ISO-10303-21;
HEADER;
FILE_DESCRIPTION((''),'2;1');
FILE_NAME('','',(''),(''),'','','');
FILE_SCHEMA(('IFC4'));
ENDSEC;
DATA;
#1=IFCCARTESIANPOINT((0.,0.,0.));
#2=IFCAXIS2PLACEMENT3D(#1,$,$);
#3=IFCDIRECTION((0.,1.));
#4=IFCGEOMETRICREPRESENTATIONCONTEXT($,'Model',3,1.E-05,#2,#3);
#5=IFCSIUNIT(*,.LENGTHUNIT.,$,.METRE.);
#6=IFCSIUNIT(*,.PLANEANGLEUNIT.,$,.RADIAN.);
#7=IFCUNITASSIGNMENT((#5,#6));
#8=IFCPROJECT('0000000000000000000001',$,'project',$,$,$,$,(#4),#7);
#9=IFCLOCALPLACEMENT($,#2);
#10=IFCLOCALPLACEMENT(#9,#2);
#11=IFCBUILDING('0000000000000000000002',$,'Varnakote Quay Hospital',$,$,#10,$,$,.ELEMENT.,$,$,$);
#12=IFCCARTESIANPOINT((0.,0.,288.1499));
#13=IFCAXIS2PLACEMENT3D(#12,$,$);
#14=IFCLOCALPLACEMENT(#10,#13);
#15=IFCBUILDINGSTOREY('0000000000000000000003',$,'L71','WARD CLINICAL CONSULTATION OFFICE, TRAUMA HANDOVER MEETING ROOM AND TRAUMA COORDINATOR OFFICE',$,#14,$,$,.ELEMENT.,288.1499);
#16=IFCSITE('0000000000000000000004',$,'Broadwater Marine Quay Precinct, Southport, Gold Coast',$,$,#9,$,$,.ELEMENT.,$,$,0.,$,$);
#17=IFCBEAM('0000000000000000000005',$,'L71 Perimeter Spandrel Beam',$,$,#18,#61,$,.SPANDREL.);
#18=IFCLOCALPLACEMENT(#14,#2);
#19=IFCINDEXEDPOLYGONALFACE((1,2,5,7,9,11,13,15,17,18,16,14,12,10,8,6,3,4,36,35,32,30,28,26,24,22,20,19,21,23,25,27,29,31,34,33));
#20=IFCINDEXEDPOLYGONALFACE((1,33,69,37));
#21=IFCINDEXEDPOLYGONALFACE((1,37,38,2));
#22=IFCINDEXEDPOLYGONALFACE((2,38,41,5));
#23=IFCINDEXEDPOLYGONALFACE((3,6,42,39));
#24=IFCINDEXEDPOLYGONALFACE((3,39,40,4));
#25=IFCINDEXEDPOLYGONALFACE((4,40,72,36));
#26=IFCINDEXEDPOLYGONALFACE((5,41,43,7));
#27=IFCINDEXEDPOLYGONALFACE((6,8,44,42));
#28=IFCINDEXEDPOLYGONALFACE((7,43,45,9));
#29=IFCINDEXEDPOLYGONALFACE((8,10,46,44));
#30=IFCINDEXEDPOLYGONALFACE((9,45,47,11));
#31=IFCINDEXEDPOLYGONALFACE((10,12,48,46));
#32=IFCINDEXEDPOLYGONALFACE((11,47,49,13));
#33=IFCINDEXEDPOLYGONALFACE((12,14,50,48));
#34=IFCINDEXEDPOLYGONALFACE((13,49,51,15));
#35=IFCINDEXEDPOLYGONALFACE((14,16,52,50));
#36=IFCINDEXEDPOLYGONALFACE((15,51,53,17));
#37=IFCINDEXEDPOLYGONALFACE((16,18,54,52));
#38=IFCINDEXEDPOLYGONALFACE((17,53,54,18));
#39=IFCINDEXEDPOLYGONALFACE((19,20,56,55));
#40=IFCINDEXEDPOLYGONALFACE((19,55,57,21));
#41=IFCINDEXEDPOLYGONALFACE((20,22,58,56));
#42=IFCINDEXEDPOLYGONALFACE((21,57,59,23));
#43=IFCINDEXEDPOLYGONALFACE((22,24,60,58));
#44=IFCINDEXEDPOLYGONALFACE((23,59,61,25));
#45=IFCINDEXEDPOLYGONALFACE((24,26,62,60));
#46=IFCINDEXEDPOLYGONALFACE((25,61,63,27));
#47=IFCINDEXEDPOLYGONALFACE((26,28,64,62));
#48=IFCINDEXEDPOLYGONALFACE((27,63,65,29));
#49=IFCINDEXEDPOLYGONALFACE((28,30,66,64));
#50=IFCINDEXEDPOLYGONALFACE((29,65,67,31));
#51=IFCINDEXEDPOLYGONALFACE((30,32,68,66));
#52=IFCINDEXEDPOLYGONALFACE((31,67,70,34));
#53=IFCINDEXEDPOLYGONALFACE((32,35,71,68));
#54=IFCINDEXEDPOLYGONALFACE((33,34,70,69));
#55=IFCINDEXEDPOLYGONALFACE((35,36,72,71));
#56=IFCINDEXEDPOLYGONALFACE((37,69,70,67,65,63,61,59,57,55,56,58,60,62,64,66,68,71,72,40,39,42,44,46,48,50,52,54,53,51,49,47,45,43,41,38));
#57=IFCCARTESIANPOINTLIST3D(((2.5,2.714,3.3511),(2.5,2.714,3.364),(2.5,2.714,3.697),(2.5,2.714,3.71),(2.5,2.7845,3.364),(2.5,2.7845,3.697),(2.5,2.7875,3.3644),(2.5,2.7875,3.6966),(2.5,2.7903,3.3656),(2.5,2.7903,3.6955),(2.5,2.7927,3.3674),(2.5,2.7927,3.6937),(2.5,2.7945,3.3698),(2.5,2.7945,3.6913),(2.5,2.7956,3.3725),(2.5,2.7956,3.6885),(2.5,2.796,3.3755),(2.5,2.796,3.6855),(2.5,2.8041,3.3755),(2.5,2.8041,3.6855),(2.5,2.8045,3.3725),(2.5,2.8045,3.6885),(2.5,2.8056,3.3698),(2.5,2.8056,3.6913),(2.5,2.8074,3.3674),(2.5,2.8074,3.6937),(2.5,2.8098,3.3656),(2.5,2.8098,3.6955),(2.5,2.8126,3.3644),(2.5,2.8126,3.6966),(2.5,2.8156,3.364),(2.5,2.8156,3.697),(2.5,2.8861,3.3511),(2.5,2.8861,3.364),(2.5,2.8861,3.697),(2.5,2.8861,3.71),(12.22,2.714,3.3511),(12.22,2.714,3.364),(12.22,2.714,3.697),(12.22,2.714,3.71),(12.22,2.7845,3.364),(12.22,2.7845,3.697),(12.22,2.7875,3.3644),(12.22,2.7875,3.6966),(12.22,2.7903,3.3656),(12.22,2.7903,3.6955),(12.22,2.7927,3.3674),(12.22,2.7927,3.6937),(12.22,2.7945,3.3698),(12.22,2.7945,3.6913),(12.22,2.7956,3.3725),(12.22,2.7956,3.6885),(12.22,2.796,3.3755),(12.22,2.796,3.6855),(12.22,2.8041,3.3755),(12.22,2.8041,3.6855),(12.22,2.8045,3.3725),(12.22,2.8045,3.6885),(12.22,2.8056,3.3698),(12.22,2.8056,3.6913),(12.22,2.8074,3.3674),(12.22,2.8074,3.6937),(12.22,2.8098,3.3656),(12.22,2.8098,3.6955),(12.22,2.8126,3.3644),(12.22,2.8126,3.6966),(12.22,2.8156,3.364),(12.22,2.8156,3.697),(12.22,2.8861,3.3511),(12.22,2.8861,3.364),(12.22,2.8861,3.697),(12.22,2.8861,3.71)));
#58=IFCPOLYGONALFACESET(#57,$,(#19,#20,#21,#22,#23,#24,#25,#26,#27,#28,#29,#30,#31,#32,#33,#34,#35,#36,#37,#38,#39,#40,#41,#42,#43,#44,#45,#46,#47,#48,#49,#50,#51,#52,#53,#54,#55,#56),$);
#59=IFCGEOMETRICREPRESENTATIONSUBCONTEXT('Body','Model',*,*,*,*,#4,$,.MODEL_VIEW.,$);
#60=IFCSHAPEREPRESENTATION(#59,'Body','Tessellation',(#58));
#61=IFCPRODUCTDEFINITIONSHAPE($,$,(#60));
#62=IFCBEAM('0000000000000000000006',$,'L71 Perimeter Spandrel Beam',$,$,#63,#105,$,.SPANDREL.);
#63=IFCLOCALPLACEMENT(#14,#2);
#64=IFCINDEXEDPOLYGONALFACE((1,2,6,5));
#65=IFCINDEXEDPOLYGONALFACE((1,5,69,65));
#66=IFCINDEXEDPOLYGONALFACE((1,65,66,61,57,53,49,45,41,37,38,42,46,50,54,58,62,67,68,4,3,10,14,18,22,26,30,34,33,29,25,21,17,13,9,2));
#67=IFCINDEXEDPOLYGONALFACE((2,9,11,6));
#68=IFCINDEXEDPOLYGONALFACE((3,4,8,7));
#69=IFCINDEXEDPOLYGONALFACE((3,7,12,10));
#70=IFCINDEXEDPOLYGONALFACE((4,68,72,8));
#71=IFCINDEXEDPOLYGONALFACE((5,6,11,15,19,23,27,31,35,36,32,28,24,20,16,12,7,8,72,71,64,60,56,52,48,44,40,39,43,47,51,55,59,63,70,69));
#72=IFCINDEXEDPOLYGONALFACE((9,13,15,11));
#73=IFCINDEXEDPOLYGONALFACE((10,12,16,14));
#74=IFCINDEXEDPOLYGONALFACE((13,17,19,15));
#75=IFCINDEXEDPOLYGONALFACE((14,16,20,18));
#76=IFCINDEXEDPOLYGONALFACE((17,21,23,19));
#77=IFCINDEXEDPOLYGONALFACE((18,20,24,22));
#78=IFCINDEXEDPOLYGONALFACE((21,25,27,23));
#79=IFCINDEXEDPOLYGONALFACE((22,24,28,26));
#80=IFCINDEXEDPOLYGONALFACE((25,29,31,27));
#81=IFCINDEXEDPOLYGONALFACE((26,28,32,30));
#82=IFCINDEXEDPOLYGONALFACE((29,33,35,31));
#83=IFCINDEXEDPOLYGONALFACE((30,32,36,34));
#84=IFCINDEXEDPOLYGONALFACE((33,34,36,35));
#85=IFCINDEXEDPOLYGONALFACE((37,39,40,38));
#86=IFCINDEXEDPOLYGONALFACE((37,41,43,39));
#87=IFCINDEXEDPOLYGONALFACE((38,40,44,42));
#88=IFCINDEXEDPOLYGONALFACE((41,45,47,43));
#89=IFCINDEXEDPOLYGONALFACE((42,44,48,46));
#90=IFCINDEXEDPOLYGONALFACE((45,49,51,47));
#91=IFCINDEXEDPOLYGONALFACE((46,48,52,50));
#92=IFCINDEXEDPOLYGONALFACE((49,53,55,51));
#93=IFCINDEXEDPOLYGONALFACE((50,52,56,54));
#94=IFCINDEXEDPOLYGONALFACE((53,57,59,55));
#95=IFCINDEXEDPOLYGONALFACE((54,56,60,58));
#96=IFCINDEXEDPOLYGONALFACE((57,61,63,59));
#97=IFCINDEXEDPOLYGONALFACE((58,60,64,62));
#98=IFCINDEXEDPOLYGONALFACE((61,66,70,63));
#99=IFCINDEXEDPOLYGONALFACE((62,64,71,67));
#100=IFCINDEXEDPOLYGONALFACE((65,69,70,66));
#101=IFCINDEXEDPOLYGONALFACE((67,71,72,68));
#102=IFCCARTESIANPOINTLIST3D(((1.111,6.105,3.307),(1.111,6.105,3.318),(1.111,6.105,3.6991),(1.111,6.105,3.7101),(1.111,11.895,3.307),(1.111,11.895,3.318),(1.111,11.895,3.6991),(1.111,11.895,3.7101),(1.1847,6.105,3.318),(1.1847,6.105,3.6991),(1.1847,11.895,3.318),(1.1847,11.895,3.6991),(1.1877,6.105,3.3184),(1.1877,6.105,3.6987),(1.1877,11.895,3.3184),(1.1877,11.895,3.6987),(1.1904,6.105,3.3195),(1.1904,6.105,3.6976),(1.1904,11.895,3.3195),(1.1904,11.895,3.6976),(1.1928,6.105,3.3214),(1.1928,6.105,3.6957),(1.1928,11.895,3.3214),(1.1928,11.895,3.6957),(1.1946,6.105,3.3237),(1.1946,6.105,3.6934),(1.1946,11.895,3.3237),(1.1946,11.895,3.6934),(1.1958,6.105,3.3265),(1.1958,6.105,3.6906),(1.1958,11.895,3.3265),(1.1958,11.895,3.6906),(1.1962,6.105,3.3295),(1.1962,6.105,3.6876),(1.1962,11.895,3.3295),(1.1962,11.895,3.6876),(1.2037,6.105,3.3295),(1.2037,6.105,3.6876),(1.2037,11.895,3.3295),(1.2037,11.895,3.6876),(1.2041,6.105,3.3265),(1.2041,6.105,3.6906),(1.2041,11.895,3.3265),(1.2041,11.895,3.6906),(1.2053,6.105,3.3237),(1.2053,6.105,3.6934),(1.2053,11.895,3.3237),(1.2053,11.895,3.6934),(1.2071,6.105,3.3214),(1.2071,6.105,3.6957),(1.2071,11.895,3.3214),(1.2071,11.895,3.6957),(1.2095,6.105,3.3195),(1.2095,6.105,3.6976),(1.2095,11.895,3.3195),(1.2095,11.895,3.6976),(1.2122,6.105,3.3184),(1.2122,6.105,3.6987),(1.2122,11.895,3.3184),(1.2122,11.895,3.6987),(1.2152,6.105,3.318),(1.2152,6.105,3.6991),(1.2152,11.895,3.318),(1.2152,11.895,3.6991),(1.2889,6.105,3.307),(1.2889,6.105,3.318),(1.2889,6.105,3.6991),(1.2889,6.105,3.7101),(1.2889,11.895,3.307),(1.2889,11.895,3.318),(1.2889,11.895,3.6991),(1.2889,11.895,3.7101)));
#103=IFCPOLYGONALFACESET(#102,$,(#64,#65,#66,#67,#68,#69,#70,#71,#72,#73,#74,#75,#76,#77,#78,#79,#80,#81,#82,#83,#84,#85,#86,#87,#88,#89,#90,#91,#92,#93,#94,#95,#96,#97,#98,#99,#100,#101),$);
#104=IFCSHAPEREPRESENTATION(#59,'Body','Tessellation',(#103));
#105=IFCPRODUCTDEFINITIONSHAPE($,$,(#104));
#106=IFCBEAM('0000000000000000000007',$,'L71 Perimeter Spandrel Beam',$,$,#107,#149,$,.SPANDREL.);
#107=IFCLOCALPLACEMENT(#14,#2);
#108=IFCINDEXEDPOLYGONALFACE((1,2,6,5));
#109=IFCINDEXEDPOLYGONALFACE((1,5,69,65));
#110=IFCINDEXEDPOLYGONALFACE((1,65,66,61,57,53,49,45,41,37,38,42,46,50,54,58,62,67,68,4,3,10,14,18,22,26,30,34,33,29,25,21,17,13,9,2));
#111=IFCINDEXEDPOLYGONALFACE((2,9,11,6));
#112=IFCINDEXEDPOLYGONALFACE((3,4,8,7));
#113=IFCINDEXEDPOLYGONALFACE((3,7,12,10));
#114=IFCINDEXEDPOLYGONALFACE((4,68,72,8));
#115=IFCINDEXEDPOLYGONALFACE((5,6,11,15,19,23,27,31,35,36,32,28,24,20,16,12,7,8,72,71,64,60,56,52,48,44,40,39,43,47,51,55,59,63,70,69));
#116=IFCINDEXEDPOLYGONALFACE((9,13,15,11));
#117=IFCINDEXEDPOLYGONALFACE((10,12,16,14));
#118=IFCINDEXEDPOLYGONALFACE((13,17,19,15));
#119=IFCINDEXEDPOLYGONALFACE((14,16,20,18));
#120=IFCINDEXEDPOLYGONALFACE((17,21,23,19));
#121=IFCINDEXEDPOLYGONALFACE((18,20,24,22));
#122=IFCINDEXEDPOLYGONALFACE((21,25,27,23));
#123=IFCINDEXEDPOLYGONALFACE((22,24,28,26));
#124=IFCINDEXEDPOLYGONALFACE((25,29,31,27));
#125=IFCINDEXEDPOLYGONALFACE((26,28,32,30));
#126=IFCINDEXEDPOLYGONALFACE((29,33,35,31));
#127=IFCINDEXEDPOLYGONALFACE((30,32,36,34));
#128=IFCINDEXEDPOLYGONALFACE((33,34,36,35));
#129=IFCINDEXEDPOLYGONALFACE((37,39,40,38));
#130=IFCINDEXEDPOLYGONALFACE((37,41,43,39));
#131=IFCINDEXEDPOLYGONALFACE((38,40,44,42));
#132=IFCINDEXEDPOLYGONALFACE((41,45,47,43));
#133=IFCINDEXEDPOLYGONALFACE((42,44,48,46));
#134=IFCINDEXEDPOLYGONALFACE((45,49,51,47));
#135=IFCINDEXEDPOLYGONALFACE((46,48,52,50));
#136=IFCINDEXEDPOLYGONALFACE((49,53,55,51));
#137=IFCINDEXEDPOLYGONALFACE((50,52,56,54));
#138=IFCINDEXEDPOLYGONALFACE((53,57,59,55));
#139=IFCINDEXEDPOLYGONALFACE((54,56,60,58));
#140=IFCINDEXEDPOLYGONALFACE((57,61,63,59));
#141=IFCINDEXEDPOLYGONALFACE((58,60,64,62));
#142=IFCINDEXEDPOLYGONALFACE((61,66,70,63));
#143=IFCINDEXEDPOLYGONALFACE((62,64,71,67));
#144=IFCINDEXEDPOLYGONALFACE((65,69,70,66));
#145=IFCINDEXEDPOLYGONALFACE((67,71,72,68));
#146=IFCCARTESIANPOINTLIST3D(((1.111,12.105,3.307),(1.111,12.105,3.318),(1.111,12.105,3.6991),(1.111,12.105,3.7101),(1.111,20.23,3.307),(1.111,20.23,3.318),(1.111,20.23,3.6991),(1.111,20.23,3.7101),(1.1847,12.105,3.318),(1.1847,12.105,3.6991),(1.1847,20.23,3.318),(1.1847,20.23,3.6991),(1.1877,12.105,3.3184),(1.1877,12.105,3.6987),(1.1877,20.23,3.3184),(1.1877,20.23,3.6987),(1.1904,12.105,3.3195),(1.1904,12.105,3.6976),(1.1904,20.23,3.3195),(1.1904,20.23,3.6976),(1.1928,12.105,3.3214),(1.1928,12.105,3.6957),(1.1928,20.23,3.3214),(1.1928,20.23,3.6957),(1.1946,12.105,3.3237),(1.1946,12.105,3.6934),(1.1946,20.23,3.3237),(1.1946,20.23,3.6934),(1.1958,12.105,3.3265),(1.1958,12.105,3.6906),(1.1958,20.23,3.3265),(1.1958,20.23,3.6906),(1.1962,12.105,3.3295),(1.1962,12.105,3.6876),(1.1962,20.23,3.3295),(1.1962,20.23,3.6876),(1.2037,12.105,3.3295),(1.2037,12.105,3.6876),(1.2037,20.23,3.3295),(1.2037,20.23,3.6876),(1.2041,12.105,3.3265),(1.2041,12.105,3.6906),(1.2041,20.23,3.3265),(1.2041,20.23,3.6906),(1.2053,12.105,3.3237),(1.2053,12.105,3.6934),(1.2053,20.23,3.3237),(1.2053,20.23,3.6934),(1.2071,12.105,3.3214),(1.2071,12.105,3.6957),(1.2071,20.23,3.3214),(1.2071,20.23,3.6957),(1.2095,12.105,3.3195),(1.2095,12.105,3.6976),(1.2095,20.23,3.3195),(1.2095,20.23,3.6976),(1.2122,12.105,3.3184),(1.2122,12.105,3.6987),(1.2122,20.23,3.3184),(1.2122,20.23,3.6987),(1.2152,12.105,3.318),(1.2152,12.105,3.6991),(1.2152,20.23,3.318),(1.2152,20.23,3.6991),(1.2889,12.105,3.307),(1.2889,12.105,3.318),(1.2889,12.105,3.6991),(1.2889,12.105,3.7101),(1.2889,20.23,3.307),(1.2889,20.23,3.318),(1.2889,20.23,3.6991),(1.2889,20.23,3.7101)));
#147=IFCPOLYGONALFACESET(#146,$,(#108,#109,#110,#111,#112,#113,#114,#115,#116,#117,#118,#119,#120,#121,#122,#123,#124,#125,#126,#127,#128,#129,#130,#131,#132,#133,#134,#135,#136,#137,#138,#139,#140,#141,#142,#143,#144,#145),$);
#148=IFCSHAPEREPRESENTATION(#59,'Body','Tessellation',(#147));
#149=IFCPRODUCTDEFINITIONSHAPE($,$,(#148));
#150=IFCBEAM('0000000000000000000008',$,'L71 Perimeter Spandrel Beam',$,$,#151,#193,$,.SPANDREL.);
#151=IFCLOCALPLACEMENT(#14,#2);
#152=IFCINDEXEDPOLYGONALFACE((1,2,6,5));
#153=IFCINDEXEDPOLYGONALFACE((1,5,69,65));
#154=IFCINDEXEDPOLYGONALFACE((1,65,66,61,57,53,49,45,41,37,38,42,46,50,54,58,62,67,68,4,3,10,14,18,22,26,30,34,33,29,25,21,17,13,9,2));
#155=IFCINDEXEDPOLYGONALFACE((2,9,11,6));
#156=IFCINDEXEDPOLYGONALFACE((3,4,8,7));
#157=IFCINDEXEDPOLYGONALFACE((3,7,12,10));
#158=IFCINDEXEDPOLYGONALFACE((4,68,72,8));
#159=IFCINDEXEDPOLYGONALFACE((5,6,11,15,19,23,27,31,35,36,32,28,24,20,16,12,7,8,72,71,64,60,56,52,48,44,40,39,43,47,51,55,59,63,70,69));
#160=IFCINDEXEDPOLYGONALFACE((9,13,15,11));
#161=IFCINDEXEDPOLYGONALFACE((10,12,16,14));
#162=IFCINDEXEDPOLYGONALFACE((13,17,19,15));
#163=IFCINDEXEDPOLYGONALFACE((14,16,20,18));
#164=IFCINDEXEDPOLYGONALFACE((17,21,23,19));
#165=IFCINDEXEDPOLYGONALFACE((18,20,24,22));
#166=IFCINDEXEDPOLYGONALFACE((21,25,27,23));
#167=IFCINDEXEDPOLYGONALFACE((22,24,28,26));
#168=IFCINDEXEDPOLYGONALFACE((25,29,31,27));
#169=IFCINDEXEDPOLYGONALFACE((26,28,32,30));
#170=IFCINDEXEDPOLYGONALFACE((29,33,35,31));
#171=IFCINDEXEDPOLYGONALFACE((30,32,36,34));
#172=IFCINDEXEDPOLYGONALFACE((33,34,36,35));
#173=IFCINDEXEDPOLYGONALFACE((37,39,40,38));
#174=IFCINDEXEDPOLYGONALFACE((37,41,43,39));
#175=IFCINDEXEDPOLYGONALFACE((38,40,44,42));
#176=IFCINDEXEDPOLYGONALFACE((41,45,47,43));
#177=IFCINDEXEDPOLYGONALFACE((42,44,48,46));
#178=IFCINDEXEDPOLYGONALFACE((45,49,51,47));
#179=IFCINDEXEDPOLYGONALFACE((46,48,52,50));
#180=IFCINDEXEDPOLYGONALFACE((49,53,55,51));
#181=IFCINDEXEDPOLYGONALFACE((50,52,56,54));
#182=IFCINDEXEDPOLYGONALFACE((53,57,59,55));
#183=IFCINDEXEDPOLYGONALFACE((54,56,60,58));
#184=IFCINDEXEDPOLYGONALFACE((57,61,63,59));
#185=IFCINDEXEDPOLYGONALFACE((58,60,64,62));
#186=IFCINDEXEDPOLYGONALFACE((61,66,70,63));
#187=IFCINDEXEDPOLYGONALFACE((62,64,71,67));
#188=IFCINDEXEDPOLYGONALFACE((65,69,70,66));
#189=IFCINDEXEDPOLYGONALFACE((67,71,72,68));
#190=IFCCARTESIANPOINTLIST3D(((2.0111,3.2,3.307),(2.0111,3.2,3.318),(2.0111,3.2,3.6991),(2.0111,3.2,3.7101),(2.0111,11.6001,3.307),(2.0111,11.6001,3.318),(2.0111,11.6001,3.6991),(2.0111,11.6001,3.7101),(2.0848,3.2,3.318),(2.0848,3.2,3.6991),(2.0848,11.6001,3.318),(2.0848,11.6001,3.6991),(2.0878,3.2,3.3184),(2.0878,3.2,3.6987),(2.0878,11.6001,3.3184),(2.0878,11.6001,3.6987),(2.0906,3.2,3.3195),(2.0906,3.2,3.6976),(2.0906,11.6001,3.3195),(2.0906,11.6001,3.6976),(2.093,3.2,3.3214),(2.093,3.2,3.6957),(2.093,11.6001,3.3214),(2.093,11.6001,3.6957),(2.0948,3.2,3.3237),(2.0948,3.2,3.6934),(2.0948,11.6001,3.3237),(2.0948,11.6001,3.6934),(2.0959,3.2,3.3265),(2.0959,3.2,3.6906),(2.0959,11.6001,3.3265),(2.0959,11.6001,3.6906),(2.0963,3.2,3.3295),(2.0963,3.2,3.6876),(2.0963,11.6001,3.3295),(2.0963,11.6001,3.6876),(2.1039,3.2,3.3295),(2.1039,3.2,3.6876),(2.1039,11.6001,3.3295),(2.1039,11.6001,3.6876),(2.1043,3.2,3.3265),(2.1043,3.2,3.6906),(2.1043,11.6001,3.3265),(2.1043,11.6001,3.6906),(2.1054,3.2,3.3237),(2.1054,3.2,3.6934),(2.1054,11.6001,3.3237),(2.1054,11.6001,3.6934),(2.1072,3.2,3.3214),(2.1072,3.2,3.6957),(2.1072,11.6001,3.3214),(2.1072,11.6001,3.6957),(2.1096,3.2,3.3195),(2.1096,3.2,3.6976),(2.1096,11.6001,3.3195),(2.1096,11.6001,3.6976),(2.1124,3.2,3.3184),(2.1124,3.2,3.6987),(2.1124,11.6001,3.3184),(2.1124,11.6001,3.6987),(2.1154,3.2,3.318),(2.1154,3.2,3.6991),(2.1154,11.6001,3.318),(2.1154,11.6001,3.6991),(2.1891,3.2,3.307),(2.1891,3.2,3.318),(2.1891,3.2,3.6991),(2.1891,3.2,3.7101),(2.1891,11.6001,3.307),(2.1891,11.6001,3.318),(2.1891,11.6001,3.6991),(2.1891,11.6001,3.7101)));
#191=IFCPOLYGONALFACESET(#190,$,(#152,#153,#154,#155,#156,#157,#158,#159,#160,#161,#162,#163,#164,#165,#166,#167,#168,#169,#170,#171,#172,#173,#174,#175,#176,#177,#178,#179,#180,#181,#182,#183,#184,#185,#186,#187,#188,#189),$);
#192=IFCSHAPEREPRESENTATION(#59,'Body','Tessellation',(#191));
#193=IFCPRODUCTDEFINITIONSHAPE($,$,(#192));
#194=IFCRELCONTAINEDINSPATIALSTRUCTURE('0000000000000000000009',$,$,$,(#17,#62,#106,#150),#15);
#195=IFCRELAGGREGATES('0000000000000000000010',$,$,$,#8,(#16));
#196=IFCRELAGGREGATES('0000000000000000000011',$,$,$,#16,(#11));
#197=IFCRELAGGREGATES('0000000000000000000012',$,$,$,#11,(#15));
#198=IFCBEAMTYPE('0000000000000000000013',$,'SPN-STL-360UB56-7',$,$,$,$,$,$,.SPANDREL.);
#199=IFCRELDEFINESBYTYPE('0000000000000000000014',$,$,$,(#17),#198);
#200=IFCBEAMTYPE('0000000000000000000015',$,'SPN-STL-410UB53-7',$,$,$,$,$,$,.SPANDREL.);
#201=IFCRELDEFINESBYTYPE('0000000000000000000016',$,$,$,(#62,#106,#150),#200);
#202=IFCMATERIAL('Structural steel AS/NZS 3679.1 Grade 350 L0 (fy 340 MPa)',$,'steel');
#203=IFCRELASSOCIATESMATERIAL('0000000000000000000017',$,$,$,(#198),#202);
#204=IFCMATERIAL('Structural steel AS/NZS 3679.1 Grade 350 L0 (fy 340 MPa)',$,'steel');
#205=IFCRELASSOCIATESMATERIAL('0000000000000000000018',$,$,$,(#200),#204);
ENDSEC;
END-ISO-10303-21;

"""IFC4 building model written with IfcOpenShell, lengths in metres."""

from ifc_helpers import new_model, si_unit, direction, frame, origin, origin_2d, place, context, subcontext, project, spatial, i_section, extrude, material, material_profile, profile_set, type_object, element, save


model = new_model("IFC4")

# Units and contexts
model_context = context("Model", 3, precision=1e-05, world=origin(), true_north=direction((0.0, 1.0)))
body_context = subcontext(model_context, "Body", "Model", "MODEL_VIEW")
ifc_project = project(units=[si_unit("LENGTHUNIT", "METRE"), si_unit("PLANEANGLEUNIT", "RADIAN")], contexts=[model_context])

# Site, building, storey
site_placement = place(None, origin())
site = spatial("IfcSite", under=ifc_project, at=site_placement, Name="Broadwater Marine Quay Precinct, Southport, Gold Coast", CompositionType="ELEMENT", RefElevation=0.0)
building_placement = place(site_placement, origin())
building = spatial("IfcBuilding", under=site, at=building_placement, Name="Varnakote Quay Hospital", CompositionType="ELEMENT")
storey_placement = place(building_placement, frame((0.0, 0.0, 288.1499)))
storey = spatial("IfcBuildingStorey", under=building, at=storey_placement, Name="L71", Description="WARD CLINICAL CONSULTATION OFFICE, TRAUMA HANDOVER MEETING ROOM AND TRAUMA COORDINATOR OFFICE", CompositionType="ELEMENT", Elevation=288.1499)

# Beams
ifc_material_1 = material(Name="Structural steel AS/NZS 3679.1 Grade 350 L0 (fy 340 MPa)", Category="steel")
ifc_material_profile_1 = material_profile(ifc_material_1, i_section(OverallWidth=0.1721, OverallDepth=0.3589, WebThickness=0.0081, FlangeThickness=0.0129, FilletRadius=0.0115, at=origin_2d()), Name="360UB56.7")
ifc_profile_set_1 = profile_set([ifc_material_profile_1], Name="Structural steel AS/NZS 3679.1 Grade 350 L0 (fy 340 MPa)")
beam_type_1 = type_object("IfcBeamType", Name="SPN-STL-360UB56-7", PredefinedType="SPANDREL", material=ifc_profile_set_1)
beam_1_placement = place(storey_placement, frame((2.5, 2.8, 3.5305), z_axis=(1.0, 0.0, 0.0), x_axis=(0.0, 1.0, 0.0)))
element("IfcBeam", 1, at=beam_1_placement, inside=storey, type_object=beam_type_1, Name="L71 Perimeter Spandrel Beam", PredefinedType="SPANDREL", context=body_context, shape_type="SweptSolid", body=[
    extrude(i_section(OverallWidth=0.1721, OverallDepth=0.3589, WebThickness=0.0081, FlangeThickness=0.0129, FilletRadius=0.0115, at=origin_2d()), origin(), (0.0, 0.0, 1.0), 9.72),
])
ifc_material_2 = material(Name="Structural steel AS/NZS 3679.1 Grade 350 L0 (fy 340 MPa)", Category="steel")
ifc_material_profile_2 = material_profile(ifc_material_2, i_section(OverallWidth=0.178, OverallDepth=0.4031, WebThickness=0.0076, FlangeThickness=0.011, FilletRadius=0.0115, at=origin_2d()), Name="410UB53.7")
ifc_profile_set_2 = profile_set([ifc_material_profile_2], Name="Structural steel AS/NZS 3679.1 Grade 350 L0 (fy 340 MPa)")
beam_type_2 = type_object("IfcBeamType", Name="SPN-STL-410UB53-7", PredefinedType="SPANDREL", material=ifc_profile_set_2)
beam_2_placement = place(storey_placement, frame((1.2, 6.105, 3.5085), z_axis=(0.0, 1.0, 0.0), x_axis=(-1.0, 0.0, 0.0)))
element("IfcBeam", 2, at=beam_2_placement, inside=storey, type_object=beam_type_2, Name="L71 Perimeter Spandrel Beam", PredefinedType="SPANDREL", context=body_context, shape_type="SweptSolid", body=[
    extrude(i_section(OverallWidth=0.178, OverallDepth=0.4031, WebThickness=0.0076, FlangeThickness=0.011, FilletRadius=0.0115, at=origin_2d()), origin(), (0.0, 0.0, 1.0), 5.79),
])
beam_3_placement = place(storey_placement, frame((1.2, 12.105, 3.5085), z_axis=(0.0, 1.0, 0.0), x_axis=(-1.0, 0.0, 0.0)))
element("IfcBeam", 3, at=beam_3_placement, inside=storey, type_object=beam_type_2, Name="L71 Perimeter Spandrel Beam", PredefinedType="SPANDREL", context=body_context, shape_type="SweptSolid", body=[
    extrude(i_section(OverallWidth=0.178, OverallDepth=0.4031, WebThickness=0.0076, FlangeThickness=0.011, FilletRadius=0.0115, at=origin_2d()), origin(), (0.0, 0.0, 1.0), 8.125),
])
beam_4_placement = place(storey_placement, frame((2.1001, 3.2, 3.5085), z_axis=(0.0, 1.0, 0.0), x_axis=(-1.0, 0.0, 0.0)))
element("IfcBeam", 4, at=beam_4_placement, inside=storey, type_object=beam_type_2, Name="L71 Perimeter Spandrel Beam", PredefinedType="SPANDREL", context=body_context, shape_type="SweptSolid", body=[
    extrude(i_section(OverallWidth=0.178, OverallDepth=0.4031, WebThickness=0.0076, FlangeThickness=0.011, FilletRadius=0.0115, at=origin_2d()), origin(), (0.0, 0.0, 1.0), 8.4001),
])

save(model, "model.ifc")
